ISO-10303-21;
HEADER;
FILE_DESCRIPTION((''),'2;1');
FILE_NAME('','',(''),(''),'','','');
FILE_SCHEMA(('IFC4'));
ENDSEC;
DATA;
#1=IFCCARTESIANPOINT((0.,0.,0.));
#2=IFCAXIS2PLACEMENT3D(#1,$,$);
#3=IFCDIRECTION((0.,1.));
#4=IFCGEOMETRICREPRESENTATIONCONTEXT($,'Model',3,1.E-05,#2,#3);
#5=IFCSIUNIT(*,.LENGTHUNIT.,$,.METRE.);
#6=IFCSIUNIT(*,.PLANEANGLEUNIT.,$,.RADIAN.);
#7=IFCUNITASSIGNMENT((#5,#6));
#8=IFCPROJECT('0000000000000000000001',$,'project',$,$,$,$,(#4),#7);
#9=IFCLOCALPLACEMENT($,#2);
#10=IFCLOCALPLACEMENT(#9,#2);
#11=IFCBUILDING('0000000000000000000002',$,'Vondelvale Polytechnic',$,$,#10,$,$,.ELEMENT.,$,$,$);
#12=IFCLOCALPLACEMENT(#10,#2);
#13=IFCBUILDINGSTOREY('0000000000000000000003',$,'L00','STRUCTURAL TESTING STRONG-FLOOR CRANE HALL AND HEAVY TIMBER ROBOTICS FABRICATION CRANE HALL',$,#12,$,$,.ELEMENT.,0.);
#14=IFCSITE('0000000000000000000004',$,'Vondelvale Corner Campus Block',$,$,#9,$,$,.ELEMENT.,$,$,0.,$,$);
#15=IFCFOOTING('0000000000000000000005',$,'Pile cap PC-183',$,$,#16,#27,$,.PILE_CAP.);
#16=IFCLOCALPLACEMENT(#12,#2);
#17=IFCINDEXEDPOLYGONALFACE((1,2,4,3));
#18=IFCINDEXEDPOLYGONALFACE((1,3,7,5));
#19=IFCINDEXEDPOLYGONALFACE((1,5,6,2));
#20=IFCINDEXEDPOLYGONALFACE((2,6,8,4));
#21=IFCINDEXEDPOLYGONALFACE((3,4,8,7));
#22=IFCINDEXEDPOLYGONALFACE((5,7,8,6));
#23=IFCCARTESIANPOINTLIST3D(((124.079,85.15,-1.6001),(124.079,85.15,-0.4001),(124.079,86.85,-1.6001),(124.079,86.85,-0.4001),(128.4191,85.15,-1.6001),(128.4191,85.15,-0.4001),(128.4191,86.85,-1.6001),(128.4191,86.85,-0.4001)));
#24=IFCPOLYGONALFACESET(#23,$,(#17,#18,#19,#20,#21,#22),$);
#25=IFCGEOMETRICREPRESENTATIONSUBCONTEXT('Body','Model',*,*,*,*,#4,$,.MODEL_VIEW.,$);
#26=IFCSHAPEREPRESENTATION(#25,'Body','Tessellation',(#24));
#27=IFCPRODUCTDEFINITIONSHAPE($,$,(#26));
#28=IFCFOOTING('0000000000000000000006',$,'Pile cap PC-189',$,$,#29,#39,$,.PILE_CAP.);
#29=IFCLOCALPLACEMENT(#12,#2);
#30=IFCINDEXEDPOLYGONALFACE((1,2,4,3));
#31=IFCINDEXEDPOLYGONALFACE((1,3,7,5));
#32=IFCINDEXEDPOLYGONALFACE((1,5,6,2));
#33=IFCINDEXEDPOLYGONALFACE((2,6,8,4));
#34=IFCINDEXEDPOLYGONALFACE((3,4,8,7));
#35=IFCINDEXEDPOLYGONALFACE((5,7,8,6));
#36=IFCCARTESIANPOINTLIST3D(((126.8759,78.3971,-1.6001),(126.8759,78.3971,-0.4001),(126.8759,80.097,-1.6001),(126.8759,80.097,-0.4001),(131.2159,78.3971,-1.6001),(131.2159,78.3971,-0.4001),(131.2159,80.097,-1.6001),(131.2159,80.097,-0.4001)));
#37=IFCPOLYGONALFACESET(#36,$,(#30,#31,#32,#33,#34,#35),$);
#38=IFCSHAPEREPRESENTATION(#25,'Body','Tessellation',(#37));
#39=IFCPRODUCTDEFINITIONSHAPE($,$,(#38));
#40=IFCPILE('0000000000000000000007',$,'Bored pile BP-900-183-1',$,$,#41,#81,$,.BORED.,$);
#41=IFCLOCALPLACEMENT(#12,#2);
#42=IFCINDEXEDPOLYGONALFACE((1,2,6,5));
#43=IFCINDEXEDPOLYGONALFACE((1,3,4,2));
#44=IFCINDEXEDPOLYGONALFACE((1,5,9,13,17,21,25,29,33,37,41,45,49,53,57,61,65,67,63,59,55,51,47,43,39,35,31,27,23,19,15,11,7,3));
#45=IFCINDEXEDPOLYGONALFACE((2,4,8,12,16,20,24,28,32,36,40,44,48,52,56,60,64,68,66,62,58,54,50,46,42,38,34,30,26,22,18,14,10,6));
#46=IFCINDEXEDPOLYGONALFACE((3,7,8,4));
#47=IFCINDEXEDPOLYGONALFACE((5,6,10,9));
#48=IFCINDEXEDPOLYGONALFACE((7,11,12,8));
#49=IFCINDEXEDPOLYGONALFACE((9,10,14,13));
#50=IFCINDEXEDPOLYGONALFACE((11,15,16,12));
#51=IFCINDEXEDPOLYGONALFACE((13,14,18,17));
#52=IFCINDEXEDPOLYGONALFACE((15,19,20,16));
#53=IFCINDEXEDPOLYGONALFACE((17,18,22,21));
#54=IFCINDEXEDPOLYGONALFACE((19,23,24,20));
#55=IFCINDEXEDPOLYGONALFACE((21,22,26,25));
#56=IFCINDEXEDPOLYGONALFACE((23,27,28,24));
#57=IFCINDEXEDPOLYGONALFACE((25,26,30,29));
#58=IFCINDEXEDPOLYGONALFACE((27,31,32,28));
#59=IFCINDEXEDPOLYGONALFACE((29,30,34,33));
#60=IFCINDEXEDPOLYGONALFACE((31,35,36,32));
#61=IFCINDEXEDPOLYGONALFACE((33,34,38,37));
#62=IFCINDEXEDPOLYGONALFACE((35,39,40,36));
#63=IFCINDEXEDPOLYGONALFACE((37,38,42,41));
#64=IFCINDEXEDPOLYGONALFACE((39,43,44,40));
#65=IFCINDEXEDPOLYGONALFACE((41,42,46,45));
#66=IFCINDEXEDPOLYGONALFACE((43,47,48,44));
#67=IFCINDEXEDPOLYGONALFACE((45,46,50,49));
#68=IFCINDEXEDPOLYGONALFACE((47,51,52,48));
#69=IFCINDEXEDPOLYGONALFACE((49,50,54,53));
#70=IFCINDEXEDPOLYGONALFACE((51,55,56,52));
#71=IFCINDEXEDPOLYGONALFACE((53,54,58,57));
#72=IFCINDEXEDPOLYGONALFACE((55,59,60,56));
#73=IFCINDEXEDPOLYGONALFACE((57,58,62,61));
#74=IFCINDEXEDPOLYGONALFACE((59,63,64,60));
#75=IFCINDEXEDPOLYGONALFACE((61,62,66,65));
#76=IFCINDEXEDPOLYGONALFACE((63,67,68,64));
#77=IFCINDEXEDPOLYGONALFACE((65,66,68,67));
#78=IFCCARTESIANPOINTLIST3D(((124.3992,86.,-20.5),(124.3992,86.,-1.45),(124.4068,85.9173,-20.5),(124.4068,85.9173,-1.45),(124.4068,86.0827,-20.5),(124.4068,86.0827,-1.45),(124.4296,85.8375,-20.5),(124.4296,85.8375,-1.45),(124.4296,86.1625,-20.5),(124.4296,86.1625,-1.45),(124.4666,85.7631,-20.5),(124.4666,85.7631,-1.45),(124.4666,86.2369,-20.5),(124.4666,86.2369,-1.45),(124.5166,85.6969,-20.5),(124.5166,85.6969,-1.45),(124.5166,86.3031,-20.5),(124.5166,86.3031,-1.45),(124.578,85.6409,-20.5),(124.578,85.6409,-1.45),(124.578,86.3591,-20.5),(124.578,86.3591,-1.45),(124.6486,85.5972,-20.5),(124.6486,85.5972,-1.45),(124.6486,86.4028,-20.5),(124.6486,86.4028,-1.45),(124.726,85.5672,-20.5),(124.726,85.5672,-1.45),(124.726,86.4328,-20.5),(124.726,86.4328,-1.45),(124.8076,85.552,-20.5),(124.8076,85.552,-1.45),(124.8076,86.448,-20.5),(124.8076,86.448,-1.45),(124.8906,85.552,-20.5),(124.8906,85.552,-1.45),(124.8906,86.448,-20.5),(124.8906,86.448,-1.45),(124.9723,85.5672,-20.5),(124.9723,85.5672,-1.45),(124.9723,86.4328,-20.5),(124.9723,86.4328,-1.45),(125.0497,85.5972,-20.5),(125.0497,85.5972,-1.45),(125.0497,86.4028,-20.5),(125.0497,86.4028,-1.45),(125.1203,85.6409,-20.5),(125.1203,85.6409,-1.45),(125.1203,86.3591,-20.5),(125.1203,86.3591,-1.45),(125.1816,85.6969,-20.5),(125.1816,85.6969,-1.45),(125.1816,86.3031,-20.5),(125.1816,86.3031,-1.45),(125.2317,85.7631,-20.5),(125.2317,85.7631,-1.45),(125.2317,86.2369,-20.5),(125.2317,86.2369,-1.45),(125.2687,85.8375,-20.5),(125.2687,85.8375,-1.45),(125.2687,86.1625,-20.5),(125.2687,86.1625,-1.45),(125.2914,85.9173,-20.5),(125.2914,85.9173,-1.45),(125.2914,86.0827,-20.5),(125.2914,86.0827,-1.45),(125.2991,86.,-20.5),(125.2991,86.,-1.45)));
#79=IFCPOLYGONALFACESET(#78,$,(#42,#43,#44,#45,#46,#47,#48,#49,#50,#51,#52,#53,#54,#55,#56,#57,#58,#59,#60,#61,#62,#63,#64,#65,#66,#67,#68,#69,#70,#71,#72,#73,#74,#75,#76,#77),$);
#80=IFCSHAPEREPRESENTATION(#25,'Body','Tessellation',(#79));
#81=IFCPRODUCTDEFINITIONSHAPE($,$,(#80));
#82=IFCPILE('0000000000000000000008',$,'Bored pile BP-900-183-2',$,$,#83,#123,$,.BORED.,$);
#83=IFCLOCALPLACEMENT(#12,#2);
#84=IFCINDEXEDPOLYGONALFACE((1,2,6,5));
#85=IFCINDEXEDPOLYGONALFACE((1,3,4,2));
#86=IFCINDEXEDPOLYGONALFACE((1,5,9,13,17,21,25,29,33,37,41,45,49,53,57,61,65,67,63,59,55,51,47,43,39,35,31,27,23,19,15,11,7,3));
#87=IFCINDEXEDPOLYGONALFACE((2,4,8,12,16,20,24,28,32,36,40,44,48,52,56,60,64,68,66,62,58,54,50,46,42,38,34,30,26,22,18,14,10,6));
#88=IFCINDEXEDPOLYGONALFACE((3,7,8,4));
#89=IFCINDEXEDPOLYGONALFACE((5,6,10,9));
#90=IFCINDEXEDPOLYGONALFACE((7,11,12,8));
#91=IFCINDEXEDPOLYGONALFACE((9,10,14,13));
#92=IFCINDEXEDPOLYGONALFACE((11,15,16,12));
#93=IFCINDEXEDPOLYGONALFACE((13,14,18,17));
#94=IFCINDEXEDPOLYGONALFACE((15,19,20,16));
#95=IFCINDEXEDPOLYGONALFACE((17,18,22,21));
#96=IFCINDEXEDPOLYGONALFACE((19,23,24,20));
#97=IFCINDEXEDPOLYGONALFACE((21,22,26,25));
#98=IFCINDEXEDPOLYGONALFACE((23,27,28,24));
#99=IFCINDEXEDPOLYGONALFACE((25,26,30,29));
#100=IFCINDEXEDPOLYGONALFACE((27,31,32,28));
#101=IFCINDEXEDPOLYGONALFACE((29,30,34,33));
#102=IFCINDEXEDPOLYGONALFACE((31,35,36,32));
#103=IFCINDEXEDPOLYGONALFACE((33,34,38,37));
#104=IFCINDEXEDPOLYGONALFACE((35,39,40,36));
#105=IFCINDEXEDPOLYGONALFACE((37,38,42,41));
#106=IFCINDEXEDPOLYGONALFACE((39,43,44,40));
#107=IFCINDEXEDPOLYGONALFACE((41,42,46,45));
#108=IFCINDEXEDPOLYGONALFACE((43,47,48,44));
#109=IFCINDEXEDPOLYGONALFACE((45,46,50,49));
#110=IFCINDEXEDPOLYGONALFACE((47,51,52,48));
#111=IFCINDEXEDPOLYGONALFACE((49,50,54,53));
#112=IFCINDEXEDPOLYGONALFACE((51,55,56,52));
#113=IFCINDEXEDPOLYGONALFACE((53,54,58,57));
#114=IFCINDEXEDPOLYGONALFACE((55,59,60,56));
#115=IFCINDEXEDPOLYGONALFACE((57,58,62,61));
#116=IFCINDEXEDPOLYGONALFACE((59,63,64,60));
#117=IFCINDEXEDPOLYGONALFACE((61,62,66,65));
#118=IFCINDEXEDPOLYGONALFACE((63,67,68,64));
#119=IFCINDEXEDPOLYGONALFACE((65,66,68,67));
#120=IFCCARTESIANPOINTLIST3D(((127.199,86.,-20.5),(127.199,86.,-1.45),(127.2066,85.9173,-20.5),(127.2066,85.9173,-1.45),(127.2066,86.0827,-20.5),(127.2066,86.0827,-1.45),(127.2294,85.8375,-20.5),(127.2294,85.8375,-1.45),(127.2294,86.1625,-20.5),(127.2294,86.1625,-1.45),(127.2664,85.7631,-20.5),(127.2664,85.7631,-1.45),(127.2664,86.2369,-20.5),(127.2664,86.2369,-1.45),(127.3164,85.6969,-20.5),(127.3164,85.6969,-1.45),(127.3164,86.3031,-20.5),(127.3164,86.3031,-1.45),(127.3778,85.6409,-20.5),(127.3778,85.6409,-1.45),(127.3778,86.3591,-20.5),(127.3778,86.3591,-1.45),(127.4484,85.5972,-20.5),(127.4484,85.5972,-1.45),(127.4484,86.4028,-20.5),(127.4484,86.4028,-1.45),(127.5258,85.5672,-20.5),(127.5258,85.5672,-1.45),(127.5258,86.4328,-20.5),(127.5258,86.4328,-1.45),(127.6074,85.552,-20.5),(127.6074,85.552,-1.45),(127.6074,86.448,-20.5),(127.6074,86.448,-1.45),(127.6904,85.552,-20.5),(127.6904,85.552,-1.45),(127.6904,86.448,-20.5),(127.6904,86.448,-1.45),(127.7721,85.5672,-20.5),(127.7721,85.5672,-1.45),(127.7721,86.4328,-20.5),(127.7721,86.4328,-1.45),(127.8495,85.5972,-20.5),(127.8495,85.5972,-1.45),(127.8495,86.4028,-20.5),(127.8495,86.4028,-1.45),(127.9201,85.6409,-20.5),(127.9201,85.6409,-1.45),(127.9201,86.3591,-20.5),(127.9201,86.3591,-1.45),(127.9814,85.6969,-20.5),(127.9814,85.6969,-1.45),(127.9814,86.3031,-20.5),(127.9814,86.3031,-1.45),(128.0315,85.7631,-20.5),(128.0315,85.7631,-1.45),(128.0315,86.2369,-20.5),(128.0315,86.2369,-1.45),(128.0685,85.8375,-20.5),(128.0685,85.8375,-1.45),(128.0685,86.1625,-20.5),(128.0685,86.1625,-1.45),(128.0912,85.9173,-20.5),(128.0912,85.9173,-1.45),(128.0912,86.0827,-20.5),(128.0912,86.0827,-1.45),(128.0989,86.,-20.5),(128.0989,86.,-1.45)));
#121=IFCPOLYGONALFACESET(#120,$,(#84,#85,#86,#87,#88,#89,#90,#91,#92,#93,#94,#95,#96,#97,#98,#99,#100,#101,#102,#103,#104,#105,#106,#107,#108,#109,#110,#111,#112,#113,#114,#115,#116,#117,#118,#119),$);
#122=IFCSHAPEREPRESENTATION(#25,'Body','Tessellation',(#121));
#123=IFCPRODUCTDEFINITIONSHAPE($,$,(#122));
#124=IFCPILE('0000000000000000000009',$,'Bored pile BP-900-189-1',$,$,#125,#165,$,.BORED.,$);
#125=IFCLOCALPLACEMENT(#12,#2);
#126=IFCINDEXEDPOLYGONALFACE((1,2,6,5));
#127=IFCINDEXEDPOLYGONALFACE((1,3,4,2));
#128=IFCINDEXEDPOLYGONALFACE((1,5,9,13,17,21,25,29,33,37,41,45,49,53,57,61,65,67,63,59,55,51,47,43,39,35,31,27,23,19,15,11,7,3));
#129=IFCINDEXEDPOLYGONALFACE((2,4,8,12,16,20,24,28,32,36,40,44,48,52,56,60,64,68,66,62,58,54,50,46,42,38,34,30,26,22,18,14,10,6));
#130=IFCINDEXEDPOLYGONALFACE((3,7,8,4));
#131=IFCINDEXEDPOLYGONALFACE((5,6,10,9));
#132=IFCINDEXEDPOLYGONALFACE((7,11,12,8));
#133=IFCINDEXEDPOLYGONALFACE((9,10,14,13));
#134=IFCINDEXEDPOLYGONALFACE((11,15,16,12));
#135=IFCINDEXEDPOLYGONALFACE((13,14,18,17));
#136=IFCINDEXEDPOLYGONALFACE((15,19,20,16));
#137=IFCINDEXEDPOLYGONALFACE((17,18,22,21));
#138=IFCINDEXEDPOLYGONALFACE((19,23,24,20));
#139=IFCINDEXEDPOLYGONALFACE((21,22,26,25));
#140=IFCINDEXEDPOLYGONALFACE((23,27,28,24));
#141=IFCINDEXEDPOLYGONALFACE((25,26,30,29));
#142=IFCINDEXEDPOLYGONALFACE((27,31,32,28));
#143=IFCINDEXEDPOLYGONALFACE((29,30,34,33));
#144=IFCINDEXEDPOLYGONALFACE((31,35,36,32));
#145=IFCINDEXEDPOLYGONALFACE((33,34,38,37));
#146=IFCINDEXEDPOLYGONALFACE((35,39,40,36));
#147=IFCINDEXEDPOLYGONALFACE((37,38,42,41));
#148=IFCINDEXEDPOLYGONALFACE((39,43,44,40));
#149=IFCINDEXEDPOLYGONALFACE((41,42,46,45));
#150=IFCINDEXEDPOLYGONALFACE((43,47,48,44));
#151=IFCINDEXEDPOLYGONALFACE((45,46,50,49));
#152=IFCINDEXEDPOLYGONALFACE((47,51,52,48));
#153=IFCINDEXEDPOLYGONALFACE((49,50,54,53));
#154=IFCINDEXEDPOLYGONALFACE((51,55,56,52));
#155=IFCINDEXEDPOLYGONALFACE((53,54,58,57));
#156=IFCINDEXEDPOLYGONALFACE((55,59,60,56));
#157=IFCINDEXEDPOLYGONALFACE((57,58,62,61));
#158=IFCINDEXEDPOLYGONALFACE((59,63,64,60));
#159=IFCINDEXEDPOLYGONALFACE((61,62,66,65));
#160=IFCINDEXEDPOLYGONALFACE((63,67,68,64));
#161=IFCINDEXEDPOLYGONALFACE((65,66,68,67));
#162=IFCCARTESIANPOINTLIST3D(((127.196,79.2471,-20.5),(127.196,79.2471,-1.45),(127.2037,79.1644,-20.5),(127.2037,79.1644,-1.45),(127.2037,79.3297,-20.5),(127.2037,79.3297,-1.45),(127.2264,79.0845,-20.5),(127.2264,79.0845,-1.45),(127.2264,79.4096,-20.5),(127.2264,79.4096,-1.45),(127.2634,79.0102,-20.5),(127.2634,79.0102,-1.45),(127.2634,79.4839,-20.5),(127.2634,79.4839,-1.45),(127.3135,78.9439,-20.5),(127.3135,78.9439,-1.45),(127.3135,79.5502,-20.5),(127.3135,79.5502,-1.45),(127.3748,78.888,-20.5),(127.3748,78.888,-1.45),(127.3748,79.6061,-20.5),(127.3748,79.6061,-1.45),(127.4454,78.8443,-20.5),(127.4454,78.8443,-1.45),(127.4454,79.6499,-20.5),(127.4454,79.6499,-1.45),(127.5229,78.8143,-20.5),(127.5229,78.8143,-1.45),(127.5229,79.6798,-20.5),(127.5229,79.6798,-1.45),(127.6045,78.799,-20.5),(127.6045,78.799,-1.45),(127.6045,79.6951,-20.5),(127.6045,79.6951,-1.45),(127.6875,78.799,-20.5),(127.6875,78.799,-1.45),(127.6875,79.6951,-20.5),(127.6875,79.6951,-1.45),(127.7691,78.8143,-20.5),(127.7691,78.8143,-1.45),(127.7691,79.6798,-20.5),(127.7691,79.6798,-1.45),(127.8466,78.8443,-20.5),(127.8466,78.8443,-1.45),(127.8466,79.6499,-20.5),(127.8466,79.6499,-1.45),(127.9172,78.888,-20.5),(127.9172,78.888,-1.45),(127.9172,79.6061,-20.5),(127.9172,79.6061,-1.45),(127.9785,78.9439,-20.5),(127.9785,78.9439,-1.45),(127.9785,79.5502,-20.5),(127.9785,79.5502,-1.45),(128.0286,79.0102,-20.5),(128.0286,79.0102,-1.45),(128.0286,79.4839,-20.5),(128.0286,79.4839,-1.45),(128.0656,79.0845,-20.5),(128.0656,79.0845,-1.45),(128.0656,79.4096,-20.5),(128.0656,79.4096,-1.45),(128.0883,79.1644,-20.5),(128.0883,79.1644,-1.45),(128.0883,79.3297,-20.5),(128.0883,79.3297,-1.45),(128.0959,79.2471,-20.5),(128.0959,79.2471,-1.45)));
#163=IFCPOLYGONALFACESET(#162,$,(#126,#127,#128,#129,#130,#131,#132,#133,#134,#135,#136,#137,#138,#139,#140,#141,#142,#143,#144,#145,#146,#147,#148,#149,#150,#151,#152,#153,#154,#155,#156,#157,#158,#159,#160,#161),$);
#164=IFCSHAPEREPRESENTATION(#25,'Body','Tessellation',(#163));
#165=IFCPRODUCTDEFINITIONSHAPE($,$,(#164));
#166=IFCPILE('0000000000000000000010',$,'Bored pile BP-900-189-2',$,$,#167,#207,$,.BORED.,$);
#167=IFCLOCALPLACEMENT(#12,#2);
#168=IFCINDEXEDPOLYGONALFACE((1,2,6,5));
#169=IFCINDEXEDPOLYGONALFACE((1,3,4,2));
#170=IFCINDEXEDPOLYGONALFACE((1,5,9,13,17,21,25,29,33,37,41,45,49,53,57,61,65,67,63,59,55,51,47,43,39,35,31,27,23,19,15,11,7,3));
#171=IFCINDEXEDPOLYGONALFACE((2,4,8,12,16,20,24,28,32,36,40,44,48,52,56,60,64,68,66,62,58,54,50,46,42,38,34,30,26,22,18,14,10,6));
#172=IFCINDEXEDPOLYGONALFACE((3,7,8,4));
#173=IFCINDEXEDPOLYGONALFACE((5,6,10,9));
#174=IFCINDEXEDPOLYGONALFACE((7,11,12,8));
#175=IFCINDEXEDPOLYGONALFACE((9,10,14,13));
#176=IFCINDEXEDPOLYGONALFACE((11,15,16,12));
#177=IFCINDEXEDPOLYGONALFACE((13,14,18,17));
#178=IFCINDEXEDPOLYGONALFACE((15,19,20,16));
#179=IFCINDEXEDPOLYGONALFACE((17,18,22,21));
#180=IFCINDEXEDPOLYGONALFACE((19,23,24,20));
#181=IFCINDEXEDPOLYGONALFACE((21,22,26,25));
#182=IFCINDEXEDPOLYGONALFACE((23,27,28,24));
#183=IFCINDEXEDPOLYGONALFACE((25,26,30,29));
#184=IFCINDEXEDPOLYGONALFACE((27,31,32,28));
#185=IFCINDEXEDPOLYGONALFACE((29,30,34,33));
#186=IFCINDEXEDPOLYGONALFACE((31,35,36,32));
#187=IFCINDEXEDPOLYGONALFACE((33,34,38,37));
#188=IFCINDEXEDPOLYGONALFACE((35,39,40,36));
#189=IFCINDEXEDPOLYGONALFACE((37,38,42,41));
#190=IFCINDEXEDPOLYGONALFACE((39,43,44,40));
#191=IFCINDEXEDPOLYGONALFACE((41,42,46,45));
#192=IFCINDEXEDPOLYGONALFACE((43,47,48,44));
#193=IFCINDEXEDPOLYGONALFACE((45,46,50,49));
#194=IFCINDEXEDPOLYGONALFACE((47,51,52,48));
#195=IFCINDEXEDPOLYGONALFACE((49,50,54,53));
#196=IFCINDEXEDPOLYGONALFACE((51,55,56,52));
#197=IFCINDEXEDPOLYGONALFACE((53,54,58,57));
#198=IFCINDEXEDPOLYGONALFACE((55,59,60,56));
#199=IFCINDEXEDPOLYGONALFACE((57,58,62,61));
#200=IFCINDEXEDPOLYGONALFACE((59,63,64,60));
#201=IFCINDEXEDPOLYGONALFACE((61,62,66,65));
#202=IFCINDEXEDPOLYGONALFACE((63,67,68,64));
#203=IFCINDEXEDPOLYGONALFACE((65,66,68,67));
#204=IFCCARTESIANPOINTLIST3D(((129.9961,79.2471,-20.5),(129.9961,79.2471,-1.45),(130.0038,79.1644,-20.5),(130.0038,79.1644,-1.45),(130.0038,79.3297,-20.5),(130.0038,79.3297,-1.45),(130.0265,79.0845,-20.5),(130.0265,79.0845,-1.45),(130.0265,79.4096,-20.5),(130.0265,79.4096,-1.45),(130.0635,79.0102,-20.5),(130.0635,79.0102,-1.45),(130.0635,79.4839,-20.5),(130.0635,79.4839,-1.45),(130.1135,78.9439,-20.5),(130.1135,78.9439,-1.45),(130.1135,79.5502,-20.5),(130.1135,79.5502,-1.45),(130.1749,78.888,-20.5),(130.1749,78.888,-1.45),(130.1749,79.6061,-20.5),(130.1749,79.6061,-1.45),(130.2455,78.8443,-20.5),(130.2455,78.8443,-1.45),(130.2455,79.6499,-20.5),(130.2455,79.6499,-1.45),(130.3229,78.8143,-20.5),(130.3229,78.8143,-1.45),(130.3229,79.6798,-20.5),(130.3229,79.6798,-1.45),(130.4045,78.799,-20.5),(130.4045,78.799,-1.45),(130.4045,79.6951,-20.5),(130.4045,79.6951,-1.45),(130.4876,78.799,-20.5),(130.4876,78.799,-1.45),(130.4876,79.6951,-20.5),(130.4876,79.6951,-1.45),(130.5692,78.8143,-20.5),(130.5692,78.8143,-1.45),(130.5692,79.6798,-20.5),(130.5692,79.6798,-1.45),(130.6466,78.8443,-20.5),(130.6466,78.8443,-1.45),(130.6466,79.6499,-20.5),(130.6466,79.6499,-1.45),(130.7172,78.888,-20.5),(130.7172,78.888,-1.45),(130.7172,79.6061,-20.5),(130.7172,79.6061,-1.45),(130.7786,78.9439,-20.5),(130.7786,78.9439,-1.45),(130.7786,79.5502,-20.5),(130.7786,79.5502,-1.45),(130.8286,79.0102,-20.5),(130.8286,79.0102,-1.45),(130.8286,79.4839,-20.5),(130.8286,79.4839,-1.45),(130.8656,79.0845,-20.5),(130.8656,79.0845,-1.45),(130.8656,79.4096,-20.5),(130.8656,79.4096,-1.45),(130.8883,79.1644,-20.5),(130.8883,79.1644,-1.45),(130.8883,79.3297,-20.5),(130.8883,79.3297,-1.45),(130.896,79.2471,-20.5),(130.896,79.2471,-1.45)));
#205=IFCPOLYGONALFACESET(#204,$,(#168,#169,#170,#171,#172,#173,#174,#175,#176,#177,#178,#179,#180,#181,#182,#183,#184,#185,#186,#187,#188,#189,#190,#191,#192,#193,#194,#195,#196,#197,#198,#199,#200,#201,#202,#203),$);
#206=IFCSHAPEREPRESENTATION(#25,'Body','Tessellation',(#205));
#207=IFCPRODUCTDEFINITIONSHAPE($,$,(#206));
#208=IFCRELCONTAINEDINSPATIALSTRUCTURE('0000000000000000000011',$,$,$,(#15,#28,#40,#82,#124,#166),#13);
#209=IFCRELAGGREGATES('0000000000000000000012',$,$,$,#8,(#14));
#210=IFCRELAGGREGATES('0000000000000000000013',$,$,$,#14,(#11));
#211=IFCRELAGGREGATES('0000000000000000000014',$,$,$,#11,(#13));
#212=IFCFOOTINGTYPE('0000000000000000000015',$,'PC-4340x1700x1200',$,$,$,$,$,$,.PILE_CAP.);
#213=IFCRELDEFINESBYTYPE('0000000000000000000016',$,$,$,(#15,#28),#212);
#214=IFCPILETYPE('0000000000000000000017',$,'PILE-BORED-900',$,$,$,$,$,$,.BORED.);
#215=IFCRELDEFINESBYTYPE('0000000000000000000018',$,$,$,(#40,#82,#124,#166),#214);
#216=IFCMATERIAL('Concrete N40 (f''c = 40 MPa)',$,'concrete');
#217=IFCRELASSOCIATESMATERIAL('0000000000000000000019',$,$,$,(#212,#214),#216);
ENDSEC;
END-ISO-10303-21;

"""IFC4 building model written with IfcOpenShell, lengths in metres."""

from ifc_helpers import new_model, si_unit, direction, frame, origin, origin_2d, place, context, subcontext, project, spatial, rectangle, circle, extrude, material, material_profile, profile_set, type_object, element, save


model = new_model("IFC4")

# Units and contexts
model_context = context("Model", 3, precision=1e-05, world=origin(), true_north=direction((0.0, 1.0)))
body_context = subcontext(model_context, "Body", "Model", "MODEL_VIEW")
ifc_project = project(units=[si_unit("LENGTHUNIT", "METRE"), si_unit("PLANEANGLEUNIT", "RADIAN")], contexts=[model_context])

# Site, building, storey
site_placement = place(None, origin())
site = spatial("IfcSite", under=ifc_project, at=site_placement, Name="Vondelvale Corner Campus Block", CompositionType="ELEMENT", RefElevation=0.0)
building_placement = place(site_placement, origin())
building = spatial("IfcBuilding", under=site, at=building_placement, Name="Vondelvale Polytechnic", CompositionType="ELEMENT")
storey_placement = place(building_placement, origin())
storey = spatial("IfcBuildingStorey", under=building, at=storey_placement, Name="L00", Description="STRUCTURAL TESTING STRONG-FLOOR CRANE HALL AND HEAVY TIMBER ROBOTICS FABRICATION CRANE HALL", CompositionType="ELEMENT", Elevation=0.0)

# Footings
ifc_material_1 = material(Name="Concrete N40 (f'c = 40 MPa)", Category="concrete")
footing_type = type_object("IfcFootingType", Name="PC-4340x1700x1200", PredefinedType="PILE_CAP", material=ifc_material_1)
for number, where, z_axis, x_axis, name in (
    (1, (126.249, 86.0, -1.6001), (0.0, 0.0, 1.0), (1.0, 0.0, 0.0), "Pile cap PC-183"),
    (2, (129.0459, 79.2471, -1.6001), (0.0, 0.0, 1.0), (1.0, 0.0, 0.0), "Pile cap PC-189"),
):
    element("IfcFooting", number, at=place(storey_placement, frame(where, z_axis=z_axis, x_axis=x_axis)), inside=storey, type_object=footing_type, Name=name, PredefinedType="PILE_CAP", context=body_context, shape_type="SweptSolid", body=[
        extrude(rectangle(XDim=4.3401, YDim=1.7, at=origin_2d()), origin(), (0.0, 0.0, 1.0), 1.2),
    ])

# Piles
ifc_material_profile_1 = material_profile(ifc_material_1, circle(Radius=0.45, at=origin_2d()), Name="PILE-D900")
ifc_profile_set_1 = profile_set([ifc_material_profile_1], Name="Concrete N40 (f'c = 40 MPa)")
pile_type = type_object("IfcPileType", Name="PILE-BORED-900", PredefinedType="BORED", material=ifc_profile_set_1)
for number, where, z_axis, x_axis, name in (
    (3, (124.8491, 86.0, -1.45), (0.0, 0.0, -1.0), (1.0, 0.0, 0.0), "Bored pile BP-900-183-1"),
    (4, (127.6489, 86.0, -1.45), (0.0, 0.0, -1.0), (1.0, 0.0, 0.0), "Bored pile BP-900-183-2"),
    (5, (127.646, 79.2471, -1.45), (0.0, 0.0, -1.0), (1.0, 0.0, 0.0), "Bored pile BP-900-189-1"),
    (6, (130.446, 79.2471, -1.45), (0.0, 0.0, -1.0), (1.0, 0.0, 0.0), "Bored pile BP-900-189-2"),
):
    element("IfcPile", number, at=place(storey_placement, frame(where, z_axis=z_axis, x_axis=x_axis)), inside=storey, type_object=pile_type, Name=name, PredefinedType="BORED", context=body_context, shape_type="SweptSolid", body=[
        extrude(circle(Radius=0.45, at=origin_2d()), origin(), (0.0, 0.0, 1.0), 19.05),
    ])

save(model, "model.ifc")
